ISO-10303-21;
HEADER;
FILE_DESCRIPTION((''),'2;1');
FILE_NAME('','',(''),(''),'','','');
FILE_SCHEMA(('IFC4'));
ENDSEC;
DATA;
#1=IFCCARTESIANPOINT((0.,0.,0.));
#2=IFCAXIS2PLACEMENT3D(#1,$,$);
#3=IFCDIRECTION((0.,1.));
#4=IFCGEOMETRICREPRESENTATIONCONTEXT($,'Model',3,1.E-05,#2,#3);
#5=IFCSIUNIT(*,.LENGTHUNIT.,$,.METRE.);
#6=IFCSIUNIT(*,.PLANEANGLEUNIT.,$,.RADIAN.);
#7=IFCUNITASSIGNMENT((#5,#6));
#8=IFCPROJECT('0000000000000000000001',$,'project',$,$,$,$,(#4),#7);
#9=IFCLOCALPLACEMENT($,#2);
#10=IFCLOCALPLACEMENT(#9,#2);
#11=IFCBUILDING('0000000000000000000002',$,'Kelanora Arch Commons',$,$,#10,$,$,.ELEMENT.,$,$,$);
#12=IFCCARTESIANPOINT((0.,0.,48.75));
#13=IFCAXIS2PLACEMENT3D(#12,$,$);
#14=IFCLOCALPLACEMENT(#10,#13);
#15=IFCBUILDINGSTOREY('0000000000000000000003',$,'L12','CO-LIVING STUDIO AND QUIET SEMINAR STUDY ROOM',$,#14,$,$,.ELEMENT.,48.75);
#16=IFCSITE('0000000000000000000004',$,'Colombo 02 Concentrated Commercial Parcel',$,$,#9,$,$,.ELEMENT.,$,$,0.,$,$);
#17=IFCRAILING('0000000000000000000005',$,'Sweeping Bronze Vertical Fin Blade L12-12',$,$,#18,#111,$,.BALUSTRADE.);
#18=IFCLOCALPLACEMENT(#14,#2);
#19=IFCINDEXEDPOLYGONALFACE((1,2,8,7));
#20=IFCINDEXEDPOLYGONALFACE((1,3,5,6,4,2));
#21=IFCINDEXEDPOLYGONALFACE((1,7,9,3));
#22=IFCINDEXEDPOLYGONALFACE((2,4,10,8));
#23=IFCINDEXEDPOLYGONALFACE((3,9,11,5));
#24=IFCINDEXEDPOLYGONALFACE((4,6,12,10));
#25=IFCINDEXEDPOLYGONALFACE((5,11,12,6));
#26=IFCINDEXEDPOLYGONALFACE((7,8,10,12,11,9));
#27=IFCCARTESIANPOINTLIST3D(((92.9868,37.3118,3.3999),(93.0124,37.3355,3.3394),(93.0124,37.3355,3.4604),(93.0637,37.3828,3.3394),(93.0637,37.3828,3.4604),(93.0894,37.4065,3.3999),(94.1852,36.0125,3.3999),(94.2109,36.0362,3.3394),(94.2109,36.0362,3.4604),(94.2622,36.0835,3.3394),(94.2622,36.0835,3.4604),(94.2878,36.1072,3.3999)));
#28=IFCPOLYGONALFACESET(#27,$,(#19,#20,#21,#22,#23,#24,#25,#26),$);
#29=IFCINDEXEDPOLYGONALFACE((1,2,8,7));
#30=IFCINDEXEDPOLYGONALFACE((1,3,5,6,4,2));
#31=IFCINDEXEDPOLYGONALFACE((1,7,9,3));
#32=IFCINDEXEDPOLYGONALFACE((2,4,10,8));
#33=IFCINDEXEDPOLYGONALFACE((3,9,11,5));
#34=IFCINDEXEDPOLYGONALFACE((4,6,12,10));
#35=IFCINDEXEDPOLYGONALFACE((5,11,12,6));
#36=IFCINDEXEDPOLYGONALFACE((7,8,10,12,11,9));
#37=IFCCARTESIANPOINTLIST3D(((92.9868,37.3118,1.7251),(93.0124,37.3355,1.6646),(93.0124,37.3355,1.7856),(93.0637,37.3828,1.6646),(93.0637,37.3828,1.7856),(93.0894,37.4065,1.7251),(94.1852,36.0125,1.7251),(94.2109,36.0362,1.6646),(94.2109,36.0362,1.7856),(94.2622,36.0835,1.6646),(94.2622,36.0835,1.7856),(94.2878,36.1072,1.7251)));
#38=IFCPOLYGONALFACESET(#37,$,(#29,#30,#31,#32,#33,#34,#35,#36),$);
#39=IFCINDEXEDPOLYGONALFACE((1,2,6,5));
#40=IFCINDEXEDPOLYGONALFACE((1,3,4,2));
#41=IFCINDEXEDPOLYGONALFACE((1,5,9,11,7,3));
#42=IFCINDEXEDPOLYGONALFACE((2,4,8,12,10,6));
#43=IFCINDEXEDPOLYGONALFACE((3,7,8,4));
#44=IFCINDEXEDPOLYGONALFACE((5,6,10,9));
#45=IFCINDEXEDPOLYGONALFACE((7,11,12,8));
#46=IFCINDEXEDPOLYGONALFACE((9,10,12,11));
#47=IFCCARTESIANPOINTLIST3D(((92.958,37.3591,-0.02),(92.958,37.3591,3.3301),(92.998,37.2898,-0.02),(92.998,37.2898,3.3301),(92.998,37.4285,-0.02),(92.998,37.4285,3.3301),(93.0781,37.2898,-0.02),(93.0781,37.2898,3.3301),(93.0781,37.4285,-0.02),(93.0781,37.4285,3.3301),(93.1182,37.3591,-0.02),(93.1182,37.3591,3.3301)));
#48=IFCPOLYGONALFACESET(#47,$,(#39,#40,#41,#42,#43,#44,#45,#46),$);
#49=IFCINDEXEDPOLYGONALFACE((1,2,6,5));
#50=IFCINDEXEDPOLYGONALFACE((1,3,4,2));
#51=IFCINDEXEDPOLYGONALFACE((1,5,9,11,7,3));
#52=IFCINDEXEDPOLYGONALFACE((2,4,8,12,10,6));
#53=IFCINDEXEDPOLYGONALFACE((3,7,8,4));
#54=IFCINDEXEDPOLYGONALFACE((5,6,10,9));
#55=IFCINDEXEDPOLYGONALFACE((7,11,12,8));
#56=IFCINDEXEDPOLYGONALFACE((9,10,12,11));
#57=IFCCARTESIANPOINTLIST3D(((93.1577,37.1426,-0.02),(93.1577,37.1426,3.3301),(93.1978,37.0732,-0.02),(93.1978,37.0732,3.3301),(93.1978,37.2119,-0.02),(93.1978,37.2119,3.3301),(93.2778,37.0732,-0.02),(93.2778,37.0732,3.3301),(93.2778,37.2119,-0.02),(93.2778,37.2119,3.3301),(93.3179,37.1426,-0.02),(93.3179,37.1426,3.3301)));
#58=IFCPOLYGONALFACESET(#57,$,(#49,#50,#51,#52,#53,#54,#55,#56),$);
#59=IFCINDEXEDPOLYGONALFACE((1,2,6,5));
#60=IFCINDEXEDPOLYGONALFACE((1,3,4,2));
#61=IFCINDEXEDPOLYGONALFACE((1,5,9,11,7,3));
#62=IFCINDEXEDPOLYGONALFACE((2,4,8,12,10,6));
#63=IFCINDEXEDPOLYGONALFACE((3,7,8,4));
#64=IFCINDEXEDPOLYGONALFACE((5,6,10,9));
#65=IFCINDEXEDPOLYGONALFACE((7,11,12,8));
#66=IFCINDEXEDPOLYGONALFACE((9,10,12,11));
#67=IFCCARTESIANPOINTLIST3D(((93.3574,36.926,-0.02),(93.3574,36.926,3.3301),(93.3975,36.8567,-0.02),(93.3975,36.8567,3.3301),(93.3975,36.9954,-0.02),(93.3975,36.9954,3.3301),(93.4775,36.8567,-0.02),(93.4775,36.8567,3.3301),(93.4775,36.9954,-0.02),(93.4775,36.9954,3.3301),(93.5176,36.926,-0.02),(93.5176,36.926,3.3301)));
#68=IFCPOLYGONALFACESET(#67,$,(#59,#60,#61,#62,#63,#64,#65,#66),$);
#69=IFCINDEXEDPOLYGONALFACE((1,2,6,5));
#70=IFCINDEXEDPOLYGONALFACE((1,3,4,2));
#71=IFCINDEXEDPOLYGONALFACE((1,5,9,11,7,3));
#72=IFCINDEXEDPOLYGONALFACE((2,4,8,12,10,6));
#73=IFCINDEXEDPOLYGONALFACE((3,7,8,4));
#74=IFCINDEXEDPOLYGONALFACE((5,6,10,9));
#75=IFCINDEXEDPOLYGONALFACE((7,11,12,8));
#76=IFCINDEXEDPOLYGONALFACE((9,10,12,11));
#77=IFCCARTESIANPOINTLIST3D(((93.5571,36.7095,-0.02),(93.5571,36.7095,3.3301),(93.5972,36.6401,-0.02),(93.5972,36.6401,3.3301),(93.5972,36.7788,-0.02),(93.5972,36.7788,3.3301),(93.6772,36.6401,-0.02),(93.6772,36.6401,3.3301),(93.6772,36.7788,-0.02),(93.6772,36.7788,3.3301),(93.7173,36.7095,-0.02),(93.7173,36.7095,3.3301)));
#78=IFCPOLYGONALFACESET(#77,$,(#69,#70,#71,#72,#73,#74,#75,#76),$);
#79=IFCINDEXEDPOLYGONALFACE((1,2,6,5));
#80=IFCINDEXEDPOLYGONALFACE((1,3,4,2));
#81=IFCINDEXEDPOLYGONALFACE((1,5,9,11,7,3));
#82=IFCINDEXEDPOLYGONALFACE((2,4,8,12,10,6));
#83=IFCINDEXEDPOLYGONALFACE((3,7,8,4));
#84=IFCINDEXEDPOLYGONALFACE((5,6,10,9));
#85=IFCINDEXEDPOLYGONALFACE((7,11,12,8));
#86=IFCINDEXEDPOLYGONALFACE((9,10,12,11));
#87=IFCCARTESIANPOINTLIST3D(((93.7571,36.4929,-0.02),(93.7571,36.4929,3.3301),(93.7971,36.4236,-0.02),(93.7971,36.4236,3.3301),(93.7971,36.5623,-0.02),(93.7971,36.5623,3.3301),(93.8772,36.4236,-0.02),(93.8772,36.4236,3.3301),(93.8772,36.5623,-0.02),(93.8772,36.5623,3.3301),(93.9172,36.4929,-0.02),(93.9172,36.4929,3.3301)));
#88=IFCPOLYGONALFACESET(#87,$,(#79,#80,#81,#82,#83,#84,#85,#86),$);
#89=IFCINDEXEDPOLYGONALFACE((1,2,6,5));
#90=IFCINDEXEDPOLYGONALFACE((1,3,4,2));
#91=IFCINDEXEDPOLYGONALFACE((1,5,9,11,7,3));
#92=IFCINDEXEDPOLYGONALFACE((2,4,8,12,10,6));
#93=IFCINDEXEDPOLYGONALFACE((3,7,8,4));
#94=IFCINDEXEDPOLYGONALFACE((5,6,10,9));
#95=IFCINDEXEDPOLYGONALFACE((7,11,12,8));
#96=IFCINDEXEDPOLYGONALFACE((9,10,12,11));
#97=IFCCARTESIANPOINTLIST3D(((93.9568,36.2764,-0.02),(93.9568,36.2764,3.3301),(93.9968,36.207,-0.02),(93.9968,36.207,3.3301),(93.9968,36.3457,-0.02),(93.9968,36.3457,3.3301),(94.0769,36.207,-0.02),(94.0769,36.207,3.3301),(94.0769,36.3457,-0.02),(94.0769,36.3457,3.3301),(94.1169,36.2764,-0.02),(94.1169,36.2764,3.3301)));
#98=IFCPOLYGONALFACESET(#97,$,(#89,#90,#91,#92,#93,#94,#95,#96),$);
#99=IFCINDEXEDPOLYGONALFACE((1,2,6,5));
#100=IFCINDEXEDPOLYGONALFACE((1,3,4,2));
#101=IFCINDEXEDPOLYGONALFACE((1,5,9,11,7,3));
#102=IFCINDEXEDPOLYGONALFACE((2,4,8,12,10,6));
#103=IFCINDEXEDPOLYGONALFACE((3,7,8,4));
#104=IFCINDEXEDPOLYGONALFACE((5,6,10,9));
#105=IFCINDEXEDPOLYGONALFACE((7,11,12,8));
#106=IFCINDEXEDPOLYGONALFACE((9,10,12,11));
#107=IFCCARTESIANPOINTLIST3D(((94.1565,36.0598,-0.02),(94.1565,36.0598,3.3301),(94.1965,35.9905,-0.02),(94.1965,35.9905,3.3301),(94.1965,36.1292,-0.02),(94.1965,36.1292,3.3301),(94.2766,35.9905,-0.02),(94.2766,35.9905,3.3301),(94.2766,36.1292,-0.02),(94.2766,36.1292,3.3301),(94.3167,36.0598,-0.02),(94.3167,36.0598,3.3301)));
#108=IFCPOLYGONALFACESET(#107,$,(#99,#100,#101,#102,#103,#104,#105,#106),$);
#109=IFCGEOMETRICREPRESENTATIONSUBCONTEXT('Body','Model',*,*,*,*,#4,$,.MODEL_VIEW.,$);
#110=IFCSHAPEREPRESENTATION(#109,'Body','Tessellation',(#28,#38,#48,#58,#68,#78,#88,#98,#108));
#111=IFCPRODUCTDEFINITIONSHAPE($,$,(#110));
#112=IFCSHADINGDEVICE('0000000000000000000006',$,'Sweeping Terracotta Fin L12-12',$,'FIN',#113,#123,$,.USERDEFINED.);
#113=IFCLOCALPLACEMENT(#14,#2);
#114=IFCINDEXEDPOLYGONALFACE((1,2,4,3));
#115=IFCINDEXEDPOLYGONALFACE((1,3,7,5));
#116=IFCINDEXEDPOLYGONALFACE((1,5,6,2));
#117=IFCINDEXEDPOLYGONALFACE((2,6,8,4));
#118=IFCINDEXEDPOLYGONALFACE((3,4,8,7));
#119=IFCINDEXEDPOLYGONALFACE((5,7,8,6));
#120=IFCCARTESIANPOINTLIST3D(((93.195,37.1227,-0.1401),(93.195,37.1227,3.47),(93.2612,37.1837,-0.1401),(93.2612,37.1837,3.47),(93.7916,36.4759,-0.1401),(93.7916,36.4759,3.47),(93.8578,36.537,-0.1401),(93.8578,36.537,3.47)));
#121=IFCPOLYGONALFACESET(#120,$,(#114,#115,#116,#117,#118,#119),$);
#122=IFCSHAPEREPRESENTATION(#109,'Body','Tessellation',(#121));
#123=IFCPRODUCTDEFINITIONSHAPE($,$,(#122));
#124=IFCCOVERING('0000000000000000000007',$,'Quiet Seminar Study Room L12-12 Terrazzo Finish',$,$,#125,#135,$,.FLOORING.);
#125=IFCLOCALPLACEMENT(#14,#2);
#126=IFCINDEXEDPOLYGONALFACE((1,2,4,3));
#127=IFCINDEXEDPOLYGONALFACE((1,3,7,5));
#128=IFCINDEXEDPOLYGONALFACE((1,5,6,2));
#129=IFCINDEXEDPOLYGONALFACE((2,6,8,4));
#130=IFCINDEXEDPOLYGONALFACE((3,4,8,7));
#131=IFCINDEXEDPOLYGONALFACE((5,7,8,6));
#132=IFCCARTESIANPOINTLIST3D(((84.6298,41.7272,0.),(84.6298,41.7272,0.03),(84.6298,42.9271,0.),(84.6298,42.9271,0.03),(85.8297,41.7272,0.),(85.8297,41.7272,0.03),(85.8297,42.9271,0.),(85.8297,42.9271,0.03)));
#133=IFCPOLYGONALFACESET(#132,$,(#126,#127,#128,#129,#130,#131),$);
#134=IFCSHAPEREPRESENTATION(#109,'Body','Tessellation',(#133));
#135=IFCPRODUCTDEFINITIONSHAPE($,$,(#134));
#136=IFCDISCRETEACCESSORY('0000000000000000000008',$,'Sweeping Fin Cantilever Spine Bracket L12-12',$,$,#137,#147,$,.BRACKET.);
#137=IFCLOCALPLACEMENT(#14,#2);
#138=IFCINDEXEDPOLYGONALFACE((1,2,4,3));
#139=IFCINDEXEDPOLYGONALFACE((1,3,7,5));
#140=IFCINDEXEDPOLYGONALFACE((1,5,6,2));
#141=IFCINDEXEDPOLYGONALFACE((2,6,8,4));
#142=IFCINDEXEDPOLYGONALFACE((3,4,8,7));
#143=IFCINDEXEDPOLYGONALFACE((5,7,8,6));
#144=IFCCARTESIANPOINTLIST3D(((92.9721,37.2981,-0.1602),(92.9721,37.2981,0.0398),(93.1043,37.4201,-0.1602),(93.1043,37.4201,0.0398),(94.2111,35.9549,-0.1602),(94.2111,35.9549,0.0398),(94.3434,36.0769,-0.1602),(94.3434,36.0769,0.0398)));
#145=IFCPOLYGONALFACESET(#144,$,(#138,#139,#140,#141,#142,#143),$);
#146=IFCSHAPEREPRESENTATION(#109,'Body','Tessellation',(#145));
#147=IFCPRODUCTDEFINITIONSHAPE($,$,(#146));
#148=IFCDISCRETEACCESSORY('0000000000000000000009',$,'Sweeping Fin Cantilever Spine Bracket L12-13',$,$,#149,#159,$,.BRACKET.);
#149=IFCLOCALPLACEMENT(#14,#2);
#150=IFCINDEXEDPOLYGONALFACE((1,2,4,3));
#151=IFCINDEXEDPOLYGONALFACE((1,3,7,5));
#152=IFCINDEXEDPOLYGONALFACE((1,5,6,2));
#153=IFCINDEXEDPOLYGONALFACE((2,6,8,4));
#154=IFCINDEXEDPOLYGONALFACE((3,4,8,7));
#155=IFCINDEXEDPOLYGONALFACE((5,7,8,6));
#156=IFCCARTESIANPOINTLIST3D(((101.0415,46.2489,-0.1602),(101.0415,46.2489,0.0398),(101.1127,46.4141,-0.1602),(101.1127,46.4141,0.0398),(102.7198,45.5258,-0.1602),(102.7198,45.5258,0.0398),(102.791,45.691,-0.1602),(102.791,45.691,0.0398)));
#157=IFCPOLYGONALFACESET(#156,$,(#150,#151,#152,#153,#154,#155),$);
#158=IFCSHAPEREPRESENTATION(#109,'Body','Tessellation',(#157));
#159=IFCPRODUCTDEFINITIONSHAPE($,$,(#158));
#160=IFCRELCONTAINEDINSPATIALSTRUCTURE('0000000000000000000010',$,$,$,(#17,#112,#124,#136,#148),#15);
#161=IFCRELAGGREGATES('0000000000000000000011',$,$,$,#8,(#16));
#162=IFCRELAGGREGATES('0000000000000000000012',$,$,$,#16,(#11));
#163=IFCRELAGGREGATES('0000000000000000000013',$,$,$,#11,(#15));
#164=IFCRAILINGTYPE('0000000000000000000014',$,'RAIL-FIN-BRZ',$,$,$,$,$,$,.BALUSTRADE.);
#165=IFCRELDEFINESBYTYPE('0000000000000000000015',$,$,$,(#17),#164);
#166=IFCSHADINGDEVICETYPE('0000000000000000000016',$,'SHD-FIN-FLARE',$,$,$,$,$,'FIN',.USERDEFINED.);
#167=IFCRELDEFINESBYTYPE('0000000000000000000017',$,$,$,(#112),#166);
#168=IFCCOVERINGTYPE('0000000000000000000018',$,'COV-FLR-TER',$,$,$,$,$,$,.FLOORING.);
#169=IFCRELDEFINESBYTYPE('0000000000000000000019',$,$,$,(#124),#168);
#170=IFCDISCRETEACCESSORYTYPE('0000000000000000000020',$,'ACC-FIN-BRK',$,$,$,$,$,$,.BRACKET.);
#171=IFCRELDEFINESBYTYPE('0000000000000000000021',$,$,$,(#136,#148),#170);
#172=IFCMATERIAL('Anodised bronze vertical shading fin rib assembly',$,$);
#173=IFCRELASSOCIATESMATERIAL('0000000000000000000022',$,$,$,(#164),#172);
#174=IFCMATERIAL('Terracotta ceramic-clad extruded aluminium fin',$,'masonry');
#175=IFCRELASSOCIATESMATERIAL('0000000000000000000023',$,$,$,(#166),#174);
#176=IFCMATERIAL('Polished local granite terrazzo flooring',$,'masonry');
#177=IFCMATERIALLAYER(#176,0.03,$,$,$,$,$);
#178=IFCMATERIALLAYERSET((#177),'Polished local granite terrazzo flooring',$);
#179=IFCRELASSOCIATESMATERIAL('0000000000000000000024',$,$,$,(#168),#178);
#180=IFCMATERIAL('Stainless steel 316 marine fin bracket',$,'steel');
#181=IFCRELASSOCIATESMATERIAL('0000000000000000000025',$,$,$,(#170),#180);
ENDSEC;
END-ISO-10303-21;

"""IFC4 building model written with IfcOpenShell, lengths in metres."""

from ifc_helpers import new_model, si_unit, direction, frame, origin, origin_2d, place, context, subcontext, project, spatial, polyline, rectangle, outline, extrude, source, transform, mapped, material, layer, layer_set, type_object, element, save


model = new_model("IFC4")

# Units and contexts
model_context = context("Model", 3, precision=1e-05, world=origin(), true_north=direction((0.0, 1.0)))
body_context = subcontext(model_context, "Body", "Model", "MODEL_VIEW")
ifc_project = project(units=[si_unit("LENGTHUNIT", "METRE"), si_unit("PLANEANGLEUNIT", "RADIAN")], contexts=[model_context])

# Site, building, storey
site_placement = place(None, origin())
site = spatial("IfcSite", under=ifc_project, at=site_placement, Name="Colombo 02 Concentrated Commercial Parcel", CompositionType="ELEMENT", RefElevation=0.0)
building_placement = place(site_placement, origin())
building = spatial("IfcBuilding", under=site, at=building_placement, Name="Kelanora Arch Commons", CompositionType="ELEMENT")
storey_placement = place(building_placement, frame((0.0, 0.0, 48.75)))
storey = spatial("IfcBuildingStorey", under=building, at=storey_placement, Name="L12", Description="CO-LIVING STUDIO AND QUIET SEMINAR STUDY ROOM", CompositionType="ELEMENT", Elevation=48.75)

# Railing
ifc_material_1 = material(Name="Anodised bronze vertical shading fin rib assembly")
railing_type = type_object("IfcRailingType", Name="RAIL-FIN-BRZ", PredefinedType="BALUSTRADE", material=ifc_material_1)
railing_placement = place(storey_placement, frame((93.0381, 37.3591, -0.02)))
element("IfcRailing", 1, at=railing_placement, inside=storey, type_object=railing_type, Name="Sweeping Bronze Vertical Fin Blade L12-12", PredefinedType="BALUSTRADE", context=body_context, shape_type="SweptSolid", body=[
    extrude(outline(polyline([(0.0698, 0.0), (0.0349, 0.0605), (-0.0349, 0.0605), (-0.0698, 0.0), (-0.0349, -0.0605), (0.0349, -0.0605), (0.0698, 0.0)])), frame((0.0, 0.0, 3.4199), z_axis=(0.67801, -0.735052, 0.0), x_axis=(0.735052, 0.67801, 0.0)), (0.0, 0.0, 1.0), 1.7676),
    extrude(outline(polyline([(0.0698, 0.0), (0.0349, 0.0605), (-0.0349, 0.0605), (-0.0698, 0.0), (-0.0349, -0.0605), (0.0349, -0.0605), (0.0698, 0.0)])), frame((0.0, 0.0, 1.7451), z_axis=(0.67801, -0.735052, 0.0), x_axis=(0.735052, 0.67801, 0.0)), (0.0, 0.0, 1.0), 1.7676),
    extrude(outline(polyline([(0.0801, 0.0), (0.04, 0.0693), (-0.04, 0.0693), (-0.0801, 0.0), (-0.04, -0.0693), (0.04, -0.0693), (0.0801, 0.0)])), origin(), (0.0, 0.0, 1.0), 3.3501),
    extrude(outline(polyline([(0.0801, 0.0), (0.04, 0.0693), (-0.04, 0.0693), (-0.0801, 0.0), (-0.04, -0.0693), (0.04, -0.0693), (0.0801, 0.0)])), frame((0.1997, -0.2166, 0.0)), (0.0, 0.0, 1.0), 3.3501),
    extrude(outline(polyline([(0.0801, 0.0), (0.04, 0.0693), (-0.04, 0.0693), (-0.0801, 0.0), (-0.04, -0.0693), (0.04, -0.0693), (0.0801, 0.0)])), frame((0.3994, -0.4331, 0.0)), (0.0, 0.0, 1.0), 3.3501),
    extrude(outline(polyline([(0.0801, 0.0), (0.04, 0.0693), (-0.04, 0.0693), (-0.0801, 0.0), (-0.04, -0.0693), (0.04, -0.0693), (0.0801, 0.0)])), frame((0.5991, -0.6497, 0.0)), (0.0, 0.0, 1.0), 3.3501),
    extrude(outline(polyline([(0.0801, 0.0), (0.04, 0.0693), (-0.04, 0.0693), (-0.0801, 0.0), (-0.04, -0.0693), (0.04, -0.0693), (0.0801, 0.0)])), frame((0.7991, -0.8662, 0.0)), (0.0, 0.0, 1.0), 3.3501),
    extrude(outline(polyline([(0.0801, 0.0), (0.04, 0.0693), (-0.04, 0.0693), (-0.0801, 0.0), (-0.04, -0.0693), (0.04, -0.0693), (0.0801, 0.0)])), frame((0.9988, -1.0828, 0.0)), (0.0, 0.0, 1.0), 3.3501),
    extrude(outline(polyline([(0.0801, 0.0), (0.04, 0.0693), (-0.04, 0.0693), (-0.0801, 0.0), (-0.04, -0.0693), (0.04, -0.0693), (0.0801, 0.0)])), frame((1.1985, -1.2993, 0.0)), (0.0, 0.0, 1.0), 3.3501),
])

# Shading device
ifc_material_2 = material(Name="Terracotta ceramic-clad extruded aluminium fin", Category="masonry")
shading_device_type = type_object("IfcShadingDeviceType", Name="SHD-FIN-FLARE", ElementType="FIN", PredefinedType="USERDEFINED", material=ifc_material_2)
shared_shape_1 = source(origin(), body_context, "Body", "SweptSolid", [
    extrude(rectangle(XDim=0.8799, YDim=0.0901, at=origin_2d()), origin(), (0.0, 0.0, 1.0), 3.6101),
])
shading_device_placement = place(storey_placement, frame((93.5264, 36.8298, -0.1401), z_axis=(0.0, 0.0, 1.0), x_axis=(0.678031, -0.735033, 0.0)))
element("IfcShadingDevice", 2, at=shading_device_placement, inside=storey, type_object=shading_device_type, Name="Sweeping Terracotta Fin L12-12", ObjectType="FIN", PredefinedType="USERDEFINED", context=body_context, shape_type="MappedRepresentation", body=[
    mapped(shared_shape_1, transform((0.0, 0.0, 0.0), scale=1.0)),
])

# Covering
ifc_material_3 = material(Name="Polished local granite terrazzo flooring", Category="masonry")
ifc_layer_1 = layer(ifc_material_3, 0.03)
ifc_layer_set_1 = layer_set([ifc_layer_1], Name="Polished local granite terrazzo flooring")
covering_type = type_object("IfcCoveringType", Name="COV-FLR-TER", PredefinedType="FLOORING", material=ifc_layer_set_1)
shared_shape_2 = source(origin(), body_context, "Body", "SweptSolid", [
    extrude(rectangle(XDim=1.2, YDim=1.2, at=origin_2d()), origin(), (0.0, 0.0, 1.0), 0.03),
])
covering_placement = place(storey_placement, frame((85.2297, 42.3271, 0.0), z_axis=(0.0, 0.0, 1.0), x_axis=(1.0, 0.0, 0.0)))
element("IfcCovering", 3, at=covering_placement, inside=storey, type_object=covering_type, Name="Quiet Seminar Study Room L12-12 Terrazzo Finish", PredefinedType="FLOORING", context=body_context, shape_type="MappedRepresentation", body=[
    mapped(shared_shape_2, transform((0.0, 0.0, 0.0), scale=1.0)),
])

# Discrete accessories
ifc_material_4 = material(Name="Stainless steel 316 marine fin bracket", Category="steel")
discrete_accessory_type = type_object("IfcDiscreteAccessoryType", Name="ACC-FIN-BRK", PredefinedType="BRACKET", material=ifc_material_4)
shared_shape_3 = source(origin(), body_context, "Body", "SweptSolid", [
    extrude(rectangle(XDim=1.8274, YDim=0.1799, at=origin_2d()), origin(), (0.0, 0.0, 1.0), 0.2),
])
for number, where, z_axis, x_axis, name in (
    (4, (93.6577, 36.6875, -0.1602), (0.0, 0.0, 1.0), (0.678031, -0.735033, 0.0), "Sweeping Fin Cantilever Spine Bracket L12-12"),
    (5, (101.9163, 45.97, -0.1602), (0.0, 0.0, 1.0), (0.918377, -0.395706, 0.0), "Sweeping Fin Cantilever Spine Bracket L12-13"),
):
    element("IfcDiscreteAccessory", number, at=place(storey_placement, frame(where, z_axis=z_axis, x_axis=x_axis)), inside=storey, type_object=discrete_accessory_type, Name=name, PredefinedType="BRACKET", context=body_context, shape_type="MappedRepresentation", body=[
        mapped(shared_shape_3, transform((0.0, 0.0, 0.0), scale=1.0)),
    ])

save(model, "model.ifc")
